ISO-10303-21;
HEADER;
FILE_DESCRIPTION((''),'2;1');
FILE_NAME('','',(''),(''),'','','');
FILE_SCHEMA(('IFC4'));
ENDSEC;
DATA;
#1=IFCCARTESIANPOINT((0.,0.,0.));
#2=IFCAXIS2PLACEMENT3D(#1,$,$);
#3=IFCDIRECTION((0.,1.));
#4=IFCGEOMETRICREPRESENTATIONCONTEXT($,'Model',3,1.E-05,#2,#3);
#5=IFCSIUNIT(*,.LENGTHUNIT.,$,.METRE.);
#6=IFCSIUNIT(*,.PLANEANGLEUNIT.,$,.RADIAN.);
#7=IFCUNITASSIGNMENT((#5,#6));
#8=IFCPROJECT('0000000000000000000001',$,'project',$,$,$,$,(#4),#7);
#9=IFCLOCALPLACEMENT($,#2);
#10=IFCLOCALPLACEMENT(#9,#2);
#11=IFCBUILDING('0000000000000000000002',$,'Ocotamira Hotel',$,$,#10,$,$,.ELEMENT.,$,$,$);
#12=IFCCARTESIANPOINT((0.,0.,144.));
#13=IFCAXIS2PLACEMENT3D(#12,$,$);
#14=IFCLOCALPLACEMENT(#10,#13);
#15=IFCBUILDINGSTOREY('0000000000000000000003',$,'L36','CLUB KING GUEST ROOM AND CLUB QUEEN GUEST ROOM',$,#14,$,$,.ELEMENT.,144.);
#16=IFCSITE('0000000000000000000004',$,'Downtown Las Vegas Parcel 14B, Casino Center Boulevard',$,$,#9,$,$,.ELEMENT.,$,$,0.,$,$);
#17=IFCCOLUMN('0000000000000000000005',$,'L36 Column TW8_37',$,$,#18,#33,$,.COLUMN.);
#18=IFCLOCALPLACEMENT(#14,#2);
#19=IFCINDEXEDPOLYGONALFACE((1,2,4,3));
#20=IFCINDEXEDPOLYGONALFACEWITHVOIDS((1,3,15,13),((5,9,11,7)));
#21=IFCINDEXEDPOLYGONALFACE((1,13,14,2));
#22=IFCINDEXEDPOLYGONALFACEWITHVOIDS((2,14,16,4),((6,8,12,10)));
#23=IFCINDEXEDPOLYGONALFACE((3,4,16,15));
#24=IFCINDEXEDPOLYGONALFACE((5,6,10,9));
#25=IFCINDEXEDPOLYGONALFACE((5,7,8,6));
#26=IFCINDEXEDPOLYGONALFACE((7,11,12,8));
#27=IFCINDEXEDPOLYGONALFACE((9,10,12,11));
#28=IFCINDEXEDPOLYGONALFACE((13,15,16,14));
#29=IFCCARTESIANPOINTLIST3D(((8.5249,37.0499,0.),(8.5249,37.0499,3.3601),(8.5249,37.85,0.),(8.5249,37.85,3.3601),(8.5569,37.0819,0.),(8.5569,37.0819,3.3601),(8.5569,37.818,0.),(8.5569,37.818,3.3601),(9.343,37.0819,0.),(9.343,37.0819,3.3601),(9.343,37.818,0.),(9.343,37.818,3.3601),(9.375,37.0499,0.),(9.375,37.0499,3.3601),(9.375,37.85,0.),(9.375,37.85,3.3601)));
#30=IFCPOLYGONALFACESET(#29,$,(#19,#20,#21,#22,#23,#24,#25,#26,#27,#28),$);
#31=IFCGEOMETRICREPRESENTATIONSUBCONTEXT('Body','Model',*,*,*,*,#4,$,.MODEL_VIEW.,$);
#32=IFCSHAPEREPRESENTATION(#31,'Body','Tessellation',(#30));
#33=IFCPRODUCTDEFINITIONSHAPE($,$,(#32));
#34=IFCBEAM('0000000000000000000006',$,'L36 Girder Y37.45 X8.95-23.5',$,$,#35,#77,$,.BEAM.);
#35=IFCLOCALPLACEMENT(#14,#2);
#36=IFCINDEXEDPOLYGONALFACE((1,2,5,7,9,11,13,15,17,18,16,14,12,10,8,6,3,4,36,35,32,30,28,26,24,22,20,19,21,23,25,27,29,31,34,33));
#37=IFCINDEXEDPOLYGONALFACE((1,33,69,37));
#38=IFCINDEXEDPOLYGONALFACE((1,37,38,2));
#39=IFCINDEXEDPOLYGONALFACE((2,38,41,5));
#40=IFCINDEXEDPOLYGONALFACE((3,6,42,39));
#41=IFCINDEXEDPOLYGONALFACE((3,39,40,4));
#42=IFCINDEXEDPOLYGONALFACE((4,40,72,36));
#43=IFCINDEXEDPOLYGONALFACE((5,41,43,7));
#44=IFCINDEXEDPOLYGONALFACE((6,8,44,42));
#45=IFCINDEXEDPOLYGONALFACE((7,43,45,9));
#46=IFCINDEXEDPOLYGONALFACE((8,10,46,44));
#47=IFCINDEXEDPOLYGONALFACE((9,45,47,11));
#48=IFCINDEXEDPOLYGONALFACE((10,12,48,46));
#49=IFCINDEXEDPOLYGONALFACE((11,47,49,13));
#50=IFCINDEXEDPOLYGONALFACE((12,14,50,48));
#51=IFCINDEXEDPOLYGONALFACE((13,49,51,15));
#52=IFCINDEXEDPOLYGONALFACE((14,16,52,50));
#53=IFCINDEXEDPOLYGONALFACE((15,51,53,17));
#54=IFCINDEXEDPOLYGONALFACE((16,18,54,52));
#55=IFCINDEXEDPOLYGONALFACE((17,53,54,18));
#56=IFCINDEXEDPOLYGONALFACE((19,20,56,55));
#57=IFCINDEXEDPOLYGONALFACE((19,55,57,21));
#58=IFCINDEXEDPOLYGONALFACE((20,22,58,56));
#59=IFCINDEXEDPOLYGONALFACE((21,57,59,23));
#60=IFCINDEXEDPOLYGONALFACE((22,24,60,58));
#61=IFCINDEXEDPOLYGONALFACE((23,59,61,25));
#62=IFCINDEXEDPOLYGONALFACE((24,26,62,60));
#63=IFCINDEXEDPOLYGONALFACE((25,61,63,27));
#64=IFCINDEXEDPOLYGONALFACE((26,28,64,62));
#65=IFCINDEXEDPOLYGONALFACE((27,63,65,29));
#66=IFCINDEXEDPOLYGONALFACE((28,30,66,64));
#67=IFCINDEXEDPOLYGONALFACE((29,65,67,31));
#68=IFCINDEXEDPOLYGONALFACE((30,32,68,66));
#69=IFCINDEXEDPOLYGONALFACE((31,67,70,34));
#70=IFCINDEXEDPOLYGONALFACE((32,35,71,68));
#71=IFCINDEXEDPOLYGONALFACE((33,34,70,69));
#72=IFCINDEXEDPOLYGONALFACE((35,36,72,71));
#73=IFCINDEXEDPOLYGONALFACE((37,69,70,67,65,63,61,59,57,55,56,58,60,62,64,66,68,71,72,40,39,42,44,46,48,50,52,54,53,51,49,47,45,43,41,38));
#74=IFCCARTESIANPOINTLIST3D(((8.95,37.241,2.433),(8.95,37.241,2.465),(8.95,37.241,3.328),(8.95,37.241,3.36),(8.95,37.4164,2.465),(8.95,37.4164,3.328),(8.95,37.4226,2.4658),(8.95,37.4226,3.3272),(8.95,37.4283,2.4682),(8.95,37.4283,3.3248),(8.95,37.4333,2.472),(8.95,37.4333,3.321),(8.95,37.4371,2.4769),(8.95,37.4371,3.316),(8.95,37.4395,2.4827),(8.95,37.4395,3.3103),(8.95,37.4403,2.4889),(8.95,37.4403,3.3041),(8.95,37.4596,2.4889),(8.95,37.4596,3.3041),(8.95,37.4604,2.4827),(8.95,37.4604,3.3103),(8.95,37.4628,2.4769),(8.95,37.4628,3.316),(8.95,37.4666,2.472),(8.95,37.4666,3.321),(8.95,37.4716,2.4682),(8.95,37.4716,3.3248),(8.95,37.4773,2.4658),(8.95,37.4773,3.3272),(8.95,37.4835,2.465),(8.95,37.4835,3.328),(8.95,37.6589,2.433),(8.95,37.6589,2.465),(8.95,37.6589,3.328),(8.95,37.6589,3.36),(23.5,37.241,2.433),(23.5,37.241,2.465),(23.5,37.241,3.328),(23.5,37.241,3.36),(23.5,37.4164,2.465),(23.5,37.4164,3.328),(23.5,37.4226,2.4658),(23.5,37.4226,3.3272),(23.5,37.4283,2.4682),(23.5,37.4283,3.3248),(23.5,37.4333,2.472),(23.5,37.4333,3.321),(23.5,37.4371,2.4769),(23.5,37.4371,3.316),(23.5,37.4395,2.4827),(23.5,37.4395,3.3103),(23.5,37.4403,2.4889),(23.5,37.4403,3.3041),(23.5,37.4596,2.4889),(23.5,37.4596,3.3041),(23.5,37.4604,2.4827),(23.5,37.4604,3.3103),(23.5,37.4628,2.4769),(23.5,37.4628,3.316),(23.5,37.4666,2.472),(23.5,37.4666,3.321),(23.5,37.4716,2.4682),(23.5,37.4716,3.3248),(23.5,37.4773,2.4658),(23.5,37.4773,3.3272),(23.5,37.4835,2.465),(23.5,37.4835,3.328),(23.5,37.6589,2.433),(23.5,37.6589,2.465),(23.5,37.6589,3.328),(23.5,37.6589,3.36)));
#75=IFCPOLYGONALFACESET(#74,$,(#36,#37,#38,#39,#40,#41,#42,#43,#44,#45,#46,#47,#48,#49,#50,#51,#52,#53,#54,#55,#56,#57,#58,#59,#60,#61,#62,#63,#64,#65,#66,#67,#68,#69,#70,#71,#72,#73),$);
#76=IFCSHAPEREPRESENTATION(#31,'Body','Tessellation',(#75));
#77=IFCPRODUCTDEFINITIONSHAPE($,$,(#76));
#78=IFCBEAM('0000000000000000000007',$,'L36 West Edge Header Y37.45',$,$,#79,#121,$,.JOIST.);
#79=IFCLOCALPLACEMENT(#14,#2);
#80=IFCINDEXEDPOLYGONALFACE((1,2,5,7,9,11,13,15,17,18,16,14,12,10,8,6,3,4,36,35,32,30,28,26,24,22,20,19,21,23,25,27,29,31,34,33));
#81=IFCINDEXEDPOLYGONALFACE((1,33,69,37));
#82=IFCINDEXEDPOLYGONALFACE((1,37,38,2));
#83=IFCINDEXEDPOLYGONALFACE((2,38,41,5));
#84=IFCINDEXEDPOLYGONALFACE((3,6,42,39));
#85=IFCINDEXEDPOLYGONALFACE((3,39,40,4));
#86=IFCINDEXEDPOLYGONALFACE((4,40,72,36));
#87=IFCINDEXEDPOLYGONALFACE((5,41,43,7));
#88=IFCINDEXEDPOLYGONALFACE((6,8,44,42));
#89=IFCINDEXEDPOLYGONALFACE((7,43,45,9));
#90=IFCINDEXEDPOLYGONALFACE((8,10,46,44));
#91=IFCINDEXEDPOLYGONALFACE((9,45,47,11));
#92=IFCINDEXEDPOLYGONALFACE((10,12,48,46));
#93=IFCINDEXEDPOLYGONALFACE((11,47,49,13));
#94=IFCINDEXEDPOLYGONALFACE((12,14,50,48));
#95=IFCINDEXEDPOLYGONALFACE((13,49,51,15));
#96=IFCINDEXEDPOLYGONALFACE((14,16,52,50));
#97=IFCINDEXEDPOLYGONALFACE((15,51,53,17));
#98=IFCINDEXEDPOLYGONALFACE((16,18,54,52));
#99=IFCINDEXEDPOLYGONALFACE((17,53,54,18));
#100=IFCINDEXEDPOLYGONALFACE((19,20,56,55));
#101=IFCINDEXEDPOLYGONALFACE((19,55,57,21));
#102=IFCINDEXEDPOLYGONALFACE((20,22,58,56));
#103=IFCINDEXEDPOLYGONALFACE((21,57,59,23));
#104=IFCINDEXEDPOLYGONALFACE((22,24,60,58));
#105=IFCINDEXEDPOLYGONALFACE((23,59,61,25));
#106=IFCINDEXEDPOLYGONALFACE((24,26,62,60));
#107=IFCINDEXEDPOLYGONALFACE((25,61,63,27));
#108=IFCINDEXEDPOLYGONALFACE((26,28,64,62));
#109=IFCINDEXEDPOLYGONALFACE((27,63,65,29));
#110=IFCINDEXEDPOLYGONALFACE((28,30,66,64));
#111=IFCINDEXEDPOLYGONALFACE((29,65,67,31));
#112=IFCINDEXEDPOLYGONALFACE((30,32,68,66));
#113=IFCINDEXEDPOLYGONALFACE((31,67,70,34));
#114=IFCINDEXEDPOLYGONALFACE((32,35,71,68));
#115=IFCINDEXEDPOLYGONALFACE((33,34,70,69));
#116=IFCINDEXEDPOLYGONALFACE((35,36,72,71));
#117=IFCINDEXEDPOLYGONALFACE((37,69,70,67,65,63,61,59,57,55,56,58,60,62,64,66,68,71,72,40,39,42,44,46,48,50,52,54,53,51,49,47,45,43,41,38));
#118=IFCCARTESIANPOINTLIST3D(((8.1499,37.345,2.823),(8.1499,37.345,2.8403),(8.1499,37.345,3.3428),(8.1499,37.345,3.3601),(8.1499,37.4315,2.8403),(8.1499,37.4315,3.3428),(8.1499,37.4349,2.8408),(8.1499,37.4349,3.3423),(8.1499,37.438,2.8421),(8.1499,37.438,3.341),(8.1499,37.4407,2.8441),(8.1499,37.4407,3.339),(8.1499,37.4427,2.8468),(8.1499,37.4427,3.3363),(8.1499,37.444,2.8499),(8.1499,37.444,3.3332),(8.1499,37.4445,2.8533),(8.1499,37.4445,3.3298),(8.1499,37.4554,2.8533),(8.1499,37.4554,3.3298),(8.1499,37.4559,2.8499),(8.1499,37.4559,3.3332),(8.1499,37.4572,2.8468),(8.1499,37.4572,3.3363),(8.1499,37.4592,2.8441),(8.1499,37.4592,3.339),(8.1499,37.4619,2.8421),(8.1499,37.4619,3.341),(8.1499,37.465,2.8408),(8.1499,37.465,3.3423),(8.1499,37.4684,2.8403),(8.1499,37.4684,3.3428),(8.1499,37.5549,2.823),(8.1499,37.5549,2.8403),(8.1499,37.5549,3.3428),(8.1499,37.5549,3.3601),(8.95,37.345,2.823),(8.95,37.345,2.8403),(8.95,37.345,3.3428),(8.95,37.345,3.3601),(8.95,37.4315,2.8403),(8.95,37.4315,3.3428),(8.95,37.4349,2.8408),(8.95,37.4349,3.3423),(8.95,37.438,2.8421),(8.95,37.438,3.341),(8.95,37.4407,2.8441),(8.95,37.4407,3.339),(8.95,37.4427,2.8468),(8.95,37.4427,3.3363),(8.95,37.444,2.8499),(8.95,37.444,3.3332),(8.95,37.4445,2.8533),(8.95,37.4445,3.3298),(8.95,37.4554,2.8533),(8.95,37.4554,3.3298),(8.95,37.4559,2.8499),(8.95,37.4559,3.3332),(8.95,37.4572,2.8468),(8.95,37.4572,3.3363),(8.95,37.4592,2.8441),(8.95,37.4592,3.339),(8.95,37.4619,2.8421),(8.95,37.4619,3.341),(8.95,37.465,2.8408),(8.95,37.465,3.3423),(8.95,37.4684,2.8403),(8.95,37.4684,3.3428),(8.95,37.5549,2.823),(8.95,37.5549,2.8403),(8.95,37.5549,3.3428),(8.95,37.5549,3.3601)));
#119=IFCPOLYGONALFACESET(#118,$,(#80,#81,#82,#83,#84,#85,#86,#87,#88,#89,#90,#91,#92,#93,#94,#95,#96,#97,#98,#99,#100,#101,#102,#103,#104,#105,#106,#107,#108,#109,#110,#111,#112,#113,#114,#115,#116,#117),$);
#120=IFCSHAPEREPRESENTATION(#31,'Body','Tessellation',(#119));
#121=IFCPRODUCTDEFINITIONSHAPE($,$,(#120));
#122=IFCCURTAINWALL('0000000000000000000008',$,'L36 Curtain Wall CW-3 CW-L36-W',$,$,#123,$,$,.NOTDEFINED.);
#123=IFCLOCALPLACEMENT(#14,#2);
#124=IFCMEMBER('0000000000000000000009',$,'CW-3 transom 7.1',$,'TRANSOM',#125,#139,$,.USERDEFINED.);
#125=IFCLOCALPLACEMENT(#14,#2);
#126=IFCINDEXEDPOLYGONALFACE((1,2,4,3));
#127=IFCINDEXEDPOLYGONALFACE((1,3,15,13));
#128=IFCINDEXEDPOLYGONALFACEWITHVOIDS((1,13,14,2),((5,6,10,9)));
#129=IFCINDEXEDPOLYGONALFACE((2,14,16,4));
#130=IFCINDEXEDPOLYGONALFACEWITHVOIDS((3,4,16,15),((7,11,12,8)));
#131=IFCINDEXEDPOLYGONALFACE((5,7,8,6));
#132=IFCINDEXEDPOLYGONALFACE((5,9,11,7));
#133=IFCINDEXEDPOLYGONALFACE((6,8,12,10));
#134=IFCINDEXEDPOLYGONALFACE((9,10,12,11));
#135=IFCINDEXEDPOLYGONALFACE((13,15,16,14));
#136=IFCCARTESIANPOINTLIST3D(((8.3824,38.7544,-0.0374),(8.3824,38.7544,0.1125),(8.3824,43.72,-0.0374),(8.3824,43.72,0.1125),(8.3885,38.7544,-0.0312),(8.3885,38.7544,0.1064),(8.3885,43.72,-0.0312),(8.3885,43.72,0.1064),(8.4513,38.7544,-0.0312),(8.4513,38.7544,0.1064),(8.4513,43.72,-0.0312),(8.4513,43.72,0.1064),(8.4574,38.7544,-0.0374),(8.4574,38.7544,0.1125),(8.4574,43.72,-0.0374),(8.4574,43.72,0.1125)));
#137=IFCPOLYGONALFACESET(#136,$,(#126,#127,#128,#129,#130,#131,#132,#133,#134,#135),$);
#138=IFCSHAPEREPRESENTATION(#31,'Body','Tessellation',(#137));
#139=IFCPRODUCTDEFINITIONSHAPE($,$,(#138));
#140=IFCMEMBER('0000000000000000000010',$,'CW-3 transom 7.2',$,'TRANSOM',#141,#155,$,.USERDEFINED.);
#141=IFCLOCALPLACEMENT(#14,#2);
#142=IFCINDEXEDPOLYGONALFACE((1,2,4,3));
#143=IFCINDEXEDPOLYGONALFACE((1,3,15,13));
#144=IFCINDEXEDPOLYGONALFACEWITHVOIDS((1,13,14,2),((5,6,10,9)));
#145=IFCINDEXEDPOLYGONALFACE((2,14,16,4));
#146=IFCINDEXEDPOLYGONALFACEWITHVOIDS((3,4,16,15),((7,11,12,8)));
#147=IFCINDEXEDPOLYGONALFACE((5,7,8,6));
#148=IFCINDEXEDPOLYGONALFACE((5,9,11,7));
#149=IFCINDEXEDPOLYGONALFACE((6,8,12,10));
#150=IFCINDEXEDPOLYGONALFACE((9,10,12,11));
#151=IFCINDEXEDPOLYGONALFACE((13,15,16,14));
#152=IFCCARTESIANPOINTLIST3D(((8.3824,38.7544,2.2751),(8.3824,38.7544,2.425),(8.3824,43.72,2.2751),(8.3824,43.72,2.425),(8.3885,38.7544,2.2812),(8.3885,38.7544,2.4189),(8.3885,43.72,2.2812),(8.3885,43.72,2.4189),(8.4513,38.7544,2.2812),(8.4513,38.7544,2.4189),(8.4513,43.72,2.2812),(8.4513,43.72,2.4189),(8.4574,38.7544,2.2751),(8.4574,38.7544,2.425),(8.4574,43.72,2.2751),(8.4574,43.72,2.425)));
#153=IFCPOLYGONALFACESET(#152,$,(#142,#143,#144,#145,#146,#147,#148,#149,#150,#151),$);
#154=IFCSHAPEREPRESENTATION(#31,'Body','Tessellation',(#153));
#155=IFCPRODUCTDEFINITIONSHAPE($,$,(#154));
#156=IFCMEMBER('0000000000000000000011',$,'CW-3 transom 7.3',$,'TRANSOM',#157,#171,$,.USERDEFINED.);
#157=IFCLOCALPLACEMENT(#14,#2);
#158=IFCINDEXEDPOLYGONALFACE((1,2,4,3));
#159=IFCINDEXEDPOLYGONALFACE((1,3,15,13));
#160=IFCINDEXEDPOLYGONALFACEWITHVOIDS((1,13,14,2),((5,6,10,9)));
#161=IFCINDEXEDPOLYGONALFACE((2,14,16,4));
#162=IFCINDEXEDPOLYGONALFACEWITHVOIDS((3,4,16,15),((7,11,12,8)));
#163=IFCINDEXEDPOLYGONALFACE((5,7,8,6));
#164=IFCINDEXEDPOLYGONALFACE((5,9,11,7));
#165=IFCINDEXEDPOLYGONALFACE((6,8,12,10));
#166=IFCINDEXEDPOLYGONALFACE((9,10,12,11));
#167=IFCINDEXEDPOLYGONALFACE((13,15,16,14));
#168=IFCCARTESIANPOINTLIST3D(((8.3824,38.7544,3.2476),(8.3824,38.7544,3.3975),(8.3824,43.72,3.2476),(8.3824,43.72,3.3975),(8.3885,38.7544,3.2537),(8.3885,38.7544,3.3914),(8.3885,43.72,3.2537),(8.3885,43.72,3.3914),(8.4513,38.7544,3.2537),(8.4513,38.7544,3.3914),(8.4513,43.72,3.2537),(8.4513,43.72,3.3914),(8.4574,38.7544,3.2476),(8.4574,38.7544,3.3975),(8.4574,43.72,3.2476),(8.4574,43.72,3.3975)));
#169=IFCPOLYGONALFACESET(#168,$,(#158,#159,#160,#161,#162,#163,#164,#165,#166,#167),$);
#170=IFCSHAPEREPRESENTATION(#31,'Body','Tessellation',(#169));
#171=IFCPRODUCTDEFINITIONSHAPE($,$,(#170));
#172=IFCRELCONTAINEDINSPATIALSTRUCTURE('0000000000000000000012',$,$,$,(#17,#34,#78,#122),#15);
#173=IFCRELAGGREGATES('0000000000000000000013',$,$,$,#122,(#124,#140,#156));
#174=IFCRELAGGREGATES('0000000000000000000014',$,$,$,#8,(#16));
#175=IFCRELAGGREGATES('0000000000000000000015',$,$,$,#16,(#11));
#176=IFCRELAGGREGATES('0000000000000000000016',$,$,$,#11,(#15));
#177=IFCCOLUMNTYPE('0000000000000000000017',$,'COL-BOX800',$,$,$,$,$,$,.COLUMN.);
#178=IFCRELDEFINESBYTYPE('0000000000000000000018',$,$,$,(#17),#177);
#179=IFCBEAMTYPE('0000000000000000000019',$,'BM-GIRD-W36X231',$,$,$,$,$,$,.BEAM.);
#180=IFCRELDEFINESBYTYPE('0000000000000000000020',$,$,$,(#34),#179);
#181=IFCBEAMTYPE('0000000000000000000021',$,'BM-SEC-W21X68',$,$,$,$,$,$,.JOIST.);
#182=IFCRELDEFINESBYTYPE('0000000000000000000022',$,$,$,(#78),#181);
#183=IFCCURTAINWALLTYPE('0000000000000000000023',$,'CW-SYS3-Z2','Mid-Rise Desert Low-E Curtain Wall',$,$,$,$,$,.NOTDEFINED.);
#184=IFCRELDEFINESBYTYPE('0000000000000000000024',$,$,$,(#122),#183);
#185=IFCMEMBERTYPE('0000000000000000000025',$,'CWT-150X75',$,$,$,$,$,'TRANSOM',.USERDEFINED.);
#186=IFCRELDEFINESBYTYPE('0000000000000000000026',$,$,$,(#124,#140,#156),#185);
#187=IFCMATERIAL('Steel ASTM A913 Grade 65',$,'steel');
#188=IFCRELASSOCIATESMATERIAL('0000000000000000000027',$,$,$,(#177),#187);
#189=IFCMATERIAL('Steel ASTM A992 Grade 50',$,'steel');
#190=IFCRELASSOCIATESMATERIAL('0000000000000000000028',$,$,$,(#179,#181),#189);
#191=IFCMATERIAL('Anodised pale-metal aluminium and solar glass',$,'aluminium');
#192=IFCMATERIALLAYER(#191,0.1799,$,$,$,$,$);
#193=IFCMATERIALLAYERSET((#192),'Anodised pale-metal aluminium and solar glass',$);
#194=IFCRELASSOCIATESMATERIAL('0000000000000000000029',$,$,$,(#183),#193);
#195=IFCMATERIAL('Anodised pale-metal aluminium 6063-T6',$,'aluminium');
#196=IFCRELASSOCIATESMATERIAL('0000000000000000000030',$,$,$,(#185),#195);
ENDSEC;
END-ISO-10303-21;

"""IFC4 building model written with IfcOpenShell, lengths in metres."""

from ifc_helpers import new_model, si_unit, direction, frame, origin, origin_2d, place, context, subcontext, project, spatial, hollow_rectangle, i_section, extrude, source, transform, mapped, material, layer, layer_set, material_profile, profile_set, type_object, element, aggregate, save


model = new_model("IFC4")

# Units and contexts
model_context = context("Model", 3, precision=1e-05, world=origin(), true_north=direction((0.0, 1.0)))
body_context = subcontext(model_context, "Body", "Model", "MODEL_VIEW")
ifc_project = project(units=[si_unit("LENGTHUNIT", "METRE"), si_unit("PLANEANGLEUNIT", "RADIAN")], contexts=[model_context])

# Site, building, storey
site_placement = place(None, origin())
site = spatial("IfcSite", under=ifc_project, at=site_placement, Name="Downtown Las Vegas Parcel 14B, Casino Center Boulevard", CompositionType="ELEMENT", RefElevation=0.0)
building_placement = place(site_placement, origin())
building = spatial("IfcBuilding", under=site, at=building_placement, Name="Ocotamira Hotel", CompositionType="ELEMENT")
storey_placement = place(building_placement, frame((0.0, 0.0, 144.0)))
storey = spatial("IfcBuildingStorey", under=building, at=storey_placement, Name="L36", Description="CLUB KING GUEST ROOM AND CLUB QUEEN GUEST ROOM", CompositionType="ELEMENT", Elevation=144.0)

# Column
ifc_material_1 = material(Name="Steel ASTM A913 Grade 65", Category="steel")
ifc_material_profile_1 = material_profile(ifc_material_1, hollow_rectangle(XDim=0.8501, YDim=0.8, WallThickness=0.032, at=origin_2d()), Name="BOX800X850X32")
ifc_profile_set_1 = profile_set([ifc_material_profile_1], Name="Steel ASTM A913 Grade 65")
column_type = type_object("IfcColumnType", Name="COL-BOX800", PredefinedType="COLUMN", material=ifc_profile_set_1)
shared_shape_1 = source(origin(), body_context, "Body", "SweptSolid", [
    extrude(hollow_rectangle(XDim=0.8501, YDim=0.8, WallThickness=0.032, at=origin_2d()), origin(), (0.0, 0.0, 1.0), 3.3601),
])
column_placement = place(storey_placement, frame((8.95, 37.45, 0.0), z_axis=(0.0, 0.0, 1.0), x_axis=(1.0, 0.0, 0.0)))
element("IfcColumn", 1, at=column_placement, inside=storey, type_object=column_type, Name="L36 Column TW8_37", PredefinedType="COLUMN", context=body_context, shape_type="MappedRepresentation", body=[
    mapped(shared_shape_1, transform((0.0, 0.0, 0.0), scale=1.0)),
])

# Beams
ifc_material_2 = material(Name="Steel ASTM A992 Grade 50", Category="steel")
ifc_material_profile_2 = material_profile(ifc_material_2, i_section(OverallWidth=0.418, OverallDepth=0.927, WebThickness=0.0193, FlangeThickness=0.032, FilletRadius=0.0239, at=origin_2d()), Name="W36X231")
ifc_profile_set_2 = profile_set([ifc_material_profile_2], Name="Steel ASTM A992 Grade 50")
beam_type_1 = type_object("IfcBeamType", Name="BM-GIRD-W36X231", PredefinedType="BEAM", material=ifc_profile_set_2)
shared_shape_2 = source(origin(), body_context, "Body", "SweptSolid", [
    extrude(i_section(OverallWidth=0.418, OverallDepth=0.927, WebThickness=0.0193, FlangeThickness=0.032, FilletRadius=0.0239, at=origin_2d()), origin(), (0.0, 0.0, 1.0), 14.55),
])
beam_1_placement = place(storey_placement, frame((8.95, 37.45, 2.8965), z_axis=(1.0, 0.0, 0.0), x_axis=(0.0, 1.0, 0.0)))
element("IfcBeam", 2, at=beam_1_placement, inside=storey, type_object=beam_type_1, Name="L36 Girder Y37.45 X8.95-23.5", PredefinedType="BEAM", context=body_context, shape_type="MappedRepresentation", body=[
    mapped(shared_shape_2, transform((0.0, 0.0, 0.0), scale=1.0)),
])
ifc_material_profile_3 = material_profile(ifc_material_2, i_section(OverallWidth=0.21, OverallDepth=0.5371, WebThickness=0.011, FlangeThickness=0.0173, FilletRadius=0.0129, at=origin_2d()), Name="W21X68")
ifc_profile_set_3 = profile_set([ifc_material_profile_3], Name="Steel ASTM A992 Grade 50")
beam_type_2 = type_object("IfcBeamType", Name="BM-SEC-W21X68", PredefinedType="JOIST", material=ifc_profile_set_3)
shared_shape_3 = source(origin(), body_context, "Body", "SweptSolid", [
    extrude(i_section(OverallWidth=0.21, OverallDepth=0.5371, WebThickness=0.011, FlangeThickness=0.0173, FilletRadius=0.0129, at=origin_2d()), origin(), (0.0, 0.0, 1.0), 0.8),
])
beam_2_placement = place(storey_placement, frame((8.95, 37.45, 3.0916), z_axis=(-1.0, 0.0, 0.0), x_axis=(0.0, -1.0, 0.0)))
element("IfcBeam", 3, at=beam_2_placement, inside=storey, type_object=beam_type_2, Name="L36 West Edge Header Y37.45", PredefinedType="JOIST", context=body_context, shape_type="MappedRepresentation", body=[
    mapped(shared_shape_3, transform((0.0, 0.0, 0.0), scale=1.0)),
])

# Curtain wall, members
ifc_material_3 = material(Name="Anodised pale-metal aluminium and solar glass", Category="aluminium")
ifc_layer_1 = layer(ifc_material_3, 0.1799)
ifc_layer_set_1 = layer_set([ifc_layer_1], Name="Anodised pale-metal aluminium and solar glass")
curtain_wall_type = type_object("IfcCurtainWallType", Name="CW-SYS3-Z2", Description="Mid-Rise Desert Low-E Curtain Wall", PredefinedType="NOTDEFINED", material=ifc_layer_set_1)
curtain_wall_placement = place(storey_placement, origin())
curtain_wall = element("IfcCurtainWall", 4, at=curtain_wall_placement, inside=storey, type_object=curtain_wall_type, Name="L36 Curtain Wall CW-3 CW-L36-W", PredefinedType="NOTDEFINED")
ifc_material_4 = material(Name="Anodised pale-metal aluminium 6063-T6", Category="aluminium")
ifc_material_profile_4 = material_profile(ifc_material_4, hollow_rectangle(XDim=0.075, YDim=0.1499, WallThickness=0.0061, at=origin_2d()), Name="HSS150X75X6")
ifc_profile_set_4 = profile_set([ifc_material_profile_4], Name="Anodised pale-metal aluminium 6063-T6")
member_type_1 = type_object("IfcMemberType", Name="CWT-150X75", ElementType="TRANSOM", PredefinedType="USERDEFINED", material=ifc_profile_set_4)
shared_shape_4 = source(origin(), body_context, "Body", "SweptSolid", [
    extrude(hollow_rectangle(XDim=0.075, YDim=0.1499, WallThickness=0.0061, at=origin_2d()), origin(), (0.0, 0.0, 1.0), 4.9656),
])
member_1_placement = place(storey_placement, frame((8.4199, 38.7544, 0.0376), z_axis=(0.0, 1.0, 0.0), x_axis=(-1.0, 0.0, 0.0)))
member_1 = element("IfcMember", 5, at=member_1_placement, type_object=member_type_1, Name="CW-3 transom 7.1", ObjectType="TRANSOM", PredefinedType="USERDEFINED", context=body_context, shape_type="MappedRepresentation", body=[
    mapped(shared_shape_4, transform((0.0, 0.0, 0.0), scale=1.0)),
])
member_2_placement = place(storey_placement, frame((8.4199, 38.7544, 2.3501), z_axis=(0.0, 1.0, 0.0), x_axis=(-1.0, 0.0, 0.0)))
member_2 = element("IfcMember", 6, at=member_2_placement, type_object=member_type_1, Name="CW-3 transom 7.2", ObjectType="TRANSOM", PredefinedType="USERDEFINED", context=body_context, shape_type="MappedRepresentation", body=[
    mapped(shared_shape_4, transform((0.0, 0.0, 0.0), scale=1.0)),
])
member_3_placement = place(storey_placement, frame((8.4199, 38.7544, 3.3225), z_axis=(0.0, 1.0, 0.0), x_axis=(-1.0, 0.0, 0.0)))
member_3 = element("IfcMember", 7, at=member_3_placement, type_object=member_type_1, Name="CW-3 transom 7.3", ObjectType="TRANSOM", PredefinedType="USERDEFINED", context=body_context, shape_type="MappedRepresentation", body=[
    mapped(shared_shape_4, transform((0.0, 0.0, 0.0), scale=1.0)),
])
aggregate(curtain_wall, [member_1, member_2, member_3])

save(model, "model.ifc")
